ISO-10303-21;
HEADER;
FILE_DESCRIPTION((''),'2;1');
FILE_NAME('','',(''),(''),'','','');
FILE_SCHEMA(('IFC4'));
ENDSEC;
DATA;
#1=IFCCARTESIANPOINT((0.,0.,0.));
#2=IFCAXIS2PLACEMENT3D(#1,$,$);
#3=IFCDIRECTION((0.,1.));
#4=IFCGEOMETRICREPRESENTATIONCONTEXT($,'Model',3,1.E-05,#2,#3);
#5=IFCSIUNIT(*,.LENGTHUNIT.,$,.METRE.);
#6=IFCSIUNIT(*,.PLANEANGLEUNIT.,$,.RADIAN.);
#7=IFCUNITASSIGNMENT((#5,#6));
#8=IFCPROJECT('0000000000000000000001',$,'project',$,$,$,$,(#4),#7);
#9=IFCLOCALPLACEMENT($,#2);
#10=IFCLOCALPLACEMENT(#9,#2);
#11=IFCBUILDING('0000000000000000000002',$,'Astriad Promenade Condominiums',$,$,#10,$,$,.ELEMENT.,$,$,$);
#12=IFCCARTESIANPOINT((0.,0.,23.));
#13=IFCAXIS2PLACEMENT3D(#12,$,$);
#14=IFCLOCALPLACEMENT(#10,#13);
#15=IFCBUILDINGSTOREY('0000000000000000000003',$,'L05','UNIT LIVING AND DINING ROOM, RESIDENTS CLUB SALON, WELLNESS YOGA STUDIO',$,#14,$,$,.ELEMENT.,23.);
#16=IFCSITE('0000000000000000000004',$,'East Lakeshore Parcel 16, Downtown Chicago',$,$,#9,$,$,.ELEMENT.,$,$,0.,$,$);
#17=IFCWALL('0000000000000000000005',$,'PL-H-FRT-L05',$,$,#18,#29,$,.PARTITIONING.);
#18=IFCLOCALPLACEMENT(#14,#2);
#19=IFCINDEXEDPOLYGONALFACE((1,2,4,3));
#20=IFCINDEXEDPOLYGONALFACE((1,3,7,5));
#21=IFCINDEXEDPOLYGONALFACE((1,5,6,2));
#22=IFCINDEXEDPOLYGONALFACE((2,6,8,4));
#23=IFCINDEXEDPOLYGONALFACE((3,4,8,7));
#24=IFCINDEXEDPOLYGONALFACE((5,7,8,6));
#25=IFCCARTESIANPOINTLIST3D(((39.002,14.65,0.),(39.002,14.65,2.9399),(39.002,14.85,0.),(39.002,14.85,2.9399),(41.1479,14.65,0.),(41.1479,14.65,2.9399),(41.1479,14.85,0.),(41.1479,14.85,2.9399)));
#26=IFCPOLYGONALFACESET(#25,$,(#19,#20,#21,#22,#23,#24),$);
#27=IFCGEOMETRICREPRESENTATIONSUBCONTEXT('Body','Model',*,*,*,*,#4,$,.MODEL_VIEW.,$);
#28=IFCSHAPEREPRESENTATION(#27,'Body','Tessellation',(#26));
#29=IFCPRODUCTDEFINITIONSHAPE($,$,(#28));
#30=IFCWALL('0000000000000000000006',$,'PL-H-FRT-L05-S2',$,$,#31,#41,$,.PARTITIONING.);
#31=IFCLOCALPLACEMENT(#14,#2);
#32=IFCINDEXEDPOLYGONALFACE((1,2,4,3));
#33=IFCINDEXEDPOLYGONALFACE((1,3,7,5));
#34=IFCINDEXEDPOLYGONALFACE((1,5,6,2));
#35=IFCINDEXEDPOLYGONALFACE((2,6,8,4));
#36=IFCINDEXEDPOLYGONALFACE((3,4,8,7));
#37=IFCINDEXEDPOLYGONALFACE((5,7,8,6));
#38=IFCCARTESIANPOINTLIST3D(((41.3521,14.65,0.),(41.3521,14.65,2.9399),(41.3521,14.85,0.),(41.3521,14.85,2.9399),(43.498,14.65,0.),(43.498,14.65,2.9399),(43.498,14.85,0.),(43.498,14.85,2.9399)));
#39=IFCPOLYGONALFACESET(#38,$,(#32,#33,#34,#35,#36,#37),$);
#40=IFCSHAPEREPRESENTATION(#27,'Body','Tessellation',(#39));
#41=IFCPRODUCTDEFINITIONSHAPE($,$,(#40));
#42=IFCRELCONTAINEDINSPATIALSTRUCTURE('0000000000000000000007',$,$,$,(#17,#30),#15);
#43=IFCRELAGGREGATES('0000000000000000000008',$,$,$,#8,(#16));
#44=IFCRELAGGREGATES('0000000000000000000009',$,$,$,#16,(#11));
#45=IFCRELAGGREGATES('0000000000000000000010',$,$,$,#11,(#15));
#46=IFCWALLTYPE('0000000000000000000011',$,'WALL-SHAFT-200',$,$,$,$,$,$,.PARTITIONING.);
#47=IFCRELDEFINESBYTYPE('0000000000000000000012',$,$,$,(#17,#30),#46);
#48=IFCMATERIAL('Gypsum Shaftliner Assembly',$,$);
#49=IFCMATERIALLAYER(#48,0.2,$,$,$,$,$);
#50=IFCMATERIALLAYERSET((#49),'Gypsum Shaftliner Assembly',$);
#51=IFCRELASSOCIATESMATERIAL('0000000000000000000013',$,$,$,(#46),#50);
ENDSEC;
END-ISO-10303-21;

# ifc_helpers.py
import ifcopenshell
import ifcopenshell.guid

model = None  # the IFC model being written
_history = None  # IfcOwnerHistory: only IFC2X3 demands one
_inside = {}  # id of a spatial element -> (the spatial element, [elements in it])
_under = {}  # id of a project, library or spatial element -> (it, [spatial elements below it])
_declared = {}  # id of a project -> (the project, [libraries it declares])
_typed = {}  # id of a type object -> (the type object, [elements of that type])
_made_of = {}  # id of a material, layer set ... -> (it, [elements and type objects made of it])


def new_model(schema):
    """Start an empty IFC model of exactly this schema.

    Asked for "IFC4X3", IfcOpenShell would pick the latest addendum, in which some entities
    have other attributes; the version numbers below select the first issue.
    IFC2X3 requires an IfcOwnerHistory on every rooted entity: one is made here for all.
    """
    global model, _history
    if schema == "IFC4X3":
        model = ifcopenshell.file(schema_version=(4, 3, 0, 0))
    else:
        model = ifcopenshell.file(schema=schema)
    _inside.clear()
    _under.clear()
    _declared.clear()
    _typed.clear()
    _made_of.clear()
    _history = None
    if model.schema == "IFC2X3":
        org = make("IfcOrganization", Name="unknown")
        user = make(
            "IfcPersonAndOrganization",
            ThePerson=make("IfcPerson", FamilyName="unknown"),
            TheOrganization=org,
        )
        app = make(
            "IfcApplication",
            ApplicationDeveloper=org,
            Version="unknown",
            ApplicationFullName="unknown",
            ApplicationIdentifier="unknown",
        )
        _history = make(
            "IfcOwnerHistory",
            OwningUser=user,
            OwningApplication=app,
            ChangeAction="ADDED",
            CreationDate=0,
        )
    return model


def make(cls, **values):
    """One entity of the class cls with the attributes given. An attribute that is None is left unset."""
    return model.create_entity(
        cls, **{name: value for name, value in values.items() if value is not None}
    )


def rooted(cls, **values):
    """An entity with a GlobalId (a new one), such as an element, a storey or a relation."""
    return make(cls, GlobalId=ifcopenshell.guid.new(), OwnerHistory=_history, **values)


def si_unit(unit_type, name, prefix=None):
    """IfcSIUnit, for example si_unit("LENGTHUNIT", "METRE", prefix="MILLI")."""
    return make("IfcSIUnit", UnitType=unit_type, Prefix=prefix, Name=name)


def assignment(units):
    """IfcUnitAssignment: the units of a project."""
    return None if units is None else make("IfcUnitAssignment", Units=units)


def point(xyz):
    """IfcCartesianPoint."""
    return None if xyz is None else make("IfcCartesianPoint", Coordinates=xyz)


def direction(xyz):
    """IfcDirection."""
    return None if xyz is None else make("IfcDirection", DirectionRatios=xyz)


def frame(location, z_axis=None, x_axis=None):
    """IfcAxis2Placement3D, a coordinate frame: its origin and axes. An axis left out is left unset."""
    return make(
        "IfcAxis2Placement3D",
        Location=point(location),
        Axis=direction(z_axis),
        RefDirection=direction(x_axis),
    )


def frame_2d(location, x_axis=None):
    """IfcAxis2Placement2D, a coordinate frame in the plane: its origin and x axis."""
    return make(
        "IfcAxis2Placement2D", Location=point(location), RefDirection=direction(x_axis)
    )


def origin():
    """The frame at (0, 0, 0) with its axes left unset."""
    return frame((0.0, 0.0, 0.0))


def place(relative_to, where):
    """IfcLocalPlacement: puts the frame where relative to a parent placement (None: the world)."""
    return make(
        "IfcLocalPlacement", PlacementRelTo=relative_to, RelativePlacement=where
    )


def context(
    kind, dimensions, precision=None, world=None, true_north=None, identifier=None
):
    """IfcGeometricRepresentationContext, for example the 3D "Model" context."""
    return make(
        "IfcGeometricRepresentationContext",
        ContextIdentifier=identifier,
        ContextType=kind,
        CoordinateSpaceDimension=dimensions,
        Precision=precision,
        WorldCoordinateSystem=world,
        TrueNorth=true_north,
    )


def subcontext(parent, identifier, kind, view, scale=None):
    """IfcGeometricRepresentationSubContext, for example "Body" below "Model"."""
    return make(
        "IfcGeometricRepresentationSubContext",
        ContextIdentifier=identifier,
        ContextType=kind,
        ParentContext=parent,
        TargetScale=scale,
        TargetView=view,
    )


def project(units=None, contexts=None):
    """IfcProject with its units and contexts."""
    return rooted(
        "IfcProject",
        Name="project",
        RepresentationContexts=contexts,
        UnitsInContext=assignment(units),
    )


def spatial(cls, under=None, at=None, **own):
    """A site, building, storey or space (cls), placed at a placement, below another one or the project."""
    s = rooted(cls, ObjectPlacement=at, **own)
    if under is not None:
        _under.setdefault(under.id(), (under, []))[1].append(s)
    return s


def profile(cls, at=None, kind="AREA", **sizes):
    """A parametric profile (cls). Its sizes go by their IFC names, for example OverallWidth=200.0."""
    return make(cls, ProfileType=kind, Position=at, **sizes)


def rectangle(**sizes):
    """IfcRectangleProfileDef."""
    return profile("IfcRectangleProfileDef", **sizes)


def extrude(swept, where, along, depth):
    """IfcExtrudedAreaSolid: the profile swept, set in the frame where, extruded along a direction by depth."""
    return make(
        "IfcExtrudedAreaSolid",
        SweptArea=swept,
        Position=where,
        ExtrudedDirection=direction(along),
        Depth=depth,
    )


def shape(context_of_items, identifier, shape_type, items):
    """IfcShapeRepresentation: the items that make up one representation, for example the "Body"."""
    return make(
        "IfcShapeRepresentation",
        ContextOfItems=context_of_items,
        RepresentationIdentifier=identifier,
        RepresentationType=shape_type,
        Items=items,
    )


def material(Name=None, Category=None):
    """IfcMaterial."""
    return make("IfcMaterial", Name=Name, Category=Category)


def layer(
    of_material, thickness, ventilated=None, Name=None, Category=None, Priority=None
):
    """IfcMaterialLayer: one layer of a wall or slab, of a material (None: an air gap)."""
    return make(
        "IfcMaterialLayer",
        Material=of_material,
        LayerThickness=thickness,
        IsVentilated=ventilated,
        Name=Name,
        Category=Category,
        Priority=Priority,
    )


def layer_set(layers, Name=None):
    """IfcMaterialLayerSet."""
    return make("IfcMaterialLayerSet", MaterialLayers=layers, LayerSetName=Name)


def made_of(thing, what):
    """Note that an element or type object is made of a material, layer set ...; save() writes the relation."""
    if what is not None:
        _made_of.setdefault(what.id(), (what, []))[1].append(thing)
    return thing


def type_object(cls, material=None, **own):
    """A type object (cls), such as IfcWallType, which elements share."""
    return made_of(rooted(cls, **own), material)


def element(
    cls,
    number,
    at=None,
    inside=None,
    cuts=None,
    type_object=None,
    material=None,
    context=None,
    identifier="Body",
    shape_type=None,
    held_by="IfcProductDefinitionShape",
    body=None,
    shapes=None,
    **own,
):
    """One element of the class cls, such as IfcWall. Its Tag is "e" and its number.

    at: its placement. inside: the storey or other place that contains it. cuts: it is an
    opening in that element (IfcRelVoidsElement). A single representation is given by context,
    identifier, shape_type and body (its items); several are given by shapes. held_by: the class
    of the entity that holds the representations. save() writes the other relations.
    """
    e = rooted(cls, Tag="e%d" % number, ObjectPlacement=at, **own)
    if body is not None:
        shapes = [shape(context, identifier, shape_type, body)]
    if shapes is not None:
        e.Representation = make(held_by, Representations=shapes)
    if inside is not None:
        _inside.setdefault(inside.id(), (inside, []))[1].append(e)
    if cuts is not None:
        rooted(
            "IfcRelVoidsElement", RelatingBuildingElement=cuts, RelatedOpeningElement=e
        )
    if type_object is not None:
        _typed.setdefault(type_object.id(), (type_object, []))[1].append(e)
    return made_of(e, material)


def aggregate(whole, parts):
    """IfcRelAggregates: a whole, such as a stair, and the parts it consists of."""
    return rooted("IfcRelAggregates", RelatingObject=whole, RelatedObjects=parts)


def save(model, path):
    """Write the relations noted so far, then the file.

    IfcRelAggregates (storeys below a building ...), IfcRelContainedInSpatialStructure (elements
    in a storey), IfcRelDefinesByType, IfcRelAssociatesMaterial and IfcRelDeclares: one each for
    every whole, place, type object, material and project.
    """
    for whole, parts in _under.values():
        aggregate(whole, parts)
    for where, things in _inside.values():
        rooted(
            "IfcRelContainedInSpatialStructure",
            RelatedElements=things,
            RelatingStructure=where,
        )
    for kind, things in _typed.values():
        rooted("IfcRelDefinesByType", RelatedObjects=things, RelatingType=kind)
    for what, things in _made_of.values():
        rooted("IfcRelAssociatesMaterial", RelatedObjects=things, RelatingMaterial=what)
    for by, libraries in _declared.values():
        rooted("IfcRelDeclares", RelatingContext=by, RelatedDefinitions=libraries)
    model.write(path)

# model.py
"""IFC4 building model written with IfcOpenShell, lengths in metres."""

from ifc_helpers import new_model, si_unit, direction, frame, frame_2d, origin, place, context, subcontext, project, spatial, rectangle, extrude, material, layer, layer_set, type_object, element, save


model = new_model("IFC4")

# Units and contexts
model_context = context("Model", 3, precision=1e-05, world=origin(), true_north=direction((0.0, 1.0)))
body_context = subcontext(model_context, "Body", "Model", "MODEL_VIEW")
ifc_project = project(units=[si_unit("LENGTHUNIT", "METRE"), si_unit("PLANEANGLEUNIT", "RADIAN")], contexts=[model_context])

# Site, building, storey
site_placement = place(None, origin())
site = spatial("IfcSite", under=ifc_project, at=site_placement, Name="East Lakeshore Parcel 16, Downtown Chicago", CompositionType="ELEMENT", RefElevation=0.0)
building_placement = place(site_placement, origin())
building = spatial("IfcBuilding", under=site, at=building_placement, Name="Astriad Promenade Condominiums", CompositionType="ELEMENT")
storey_placement = place(building_placement, frame((0.0, 0.0, 23.0)))
storey = spatial("IfcBuildingStorey", under=building, at=storey_placement, Name="L05", Description="UNIT LIVING AND DINING ROOM, RESIDENTS CLUB SALON, WELLNESS YOGA STUDIO", CompositionType="ELEMENT", Elevation=23.0)

# Walls
ifc_material_1 = material(Name="Gypsum Shaftliner Assembly")
ifc_layer = layer(ifc_material_1, 0.2)
ifc_layer_set = layer_set([ifc_layer], Name="Gypsum Shaftliner Assembly")
wall_type = type_object("IfcWallType", Name="WALL-SHAFT-200", PredefinedType="PARTITIONING", material=ifc_layer_set)
for number, where, z_axis, x_axis, name in (
    (1, (39.002, 14.75, 0.0), (0.0, 0.0, 1.0), (1.0, 0.0, 0.0), "PL-H-FRT-L05"),
    (2, (41.3521, 14.75, 0.0), (0.0, 0.0, 1.0), (1.0, 0.0, 0.0), "PL-H-FRT-L05-S2"),
):
    element("IfcWall", number, at=place(storey_placement, frame(where, z_axis=z_axis, x_axis=x_axis)), inside=storey, type_object=wall_type, Name=name, PredefinedType="PARTITIONING", context=body_context, shape_type="SweptSolid", body=[
        extrude(rectangle(XDim=2.146, YDim=0.2, at=frame_2d((1.073, 0.0))), origin(), (0.0, 0.0, 1.0), 2.9399),
    ])

save(model, "model.ifc")
